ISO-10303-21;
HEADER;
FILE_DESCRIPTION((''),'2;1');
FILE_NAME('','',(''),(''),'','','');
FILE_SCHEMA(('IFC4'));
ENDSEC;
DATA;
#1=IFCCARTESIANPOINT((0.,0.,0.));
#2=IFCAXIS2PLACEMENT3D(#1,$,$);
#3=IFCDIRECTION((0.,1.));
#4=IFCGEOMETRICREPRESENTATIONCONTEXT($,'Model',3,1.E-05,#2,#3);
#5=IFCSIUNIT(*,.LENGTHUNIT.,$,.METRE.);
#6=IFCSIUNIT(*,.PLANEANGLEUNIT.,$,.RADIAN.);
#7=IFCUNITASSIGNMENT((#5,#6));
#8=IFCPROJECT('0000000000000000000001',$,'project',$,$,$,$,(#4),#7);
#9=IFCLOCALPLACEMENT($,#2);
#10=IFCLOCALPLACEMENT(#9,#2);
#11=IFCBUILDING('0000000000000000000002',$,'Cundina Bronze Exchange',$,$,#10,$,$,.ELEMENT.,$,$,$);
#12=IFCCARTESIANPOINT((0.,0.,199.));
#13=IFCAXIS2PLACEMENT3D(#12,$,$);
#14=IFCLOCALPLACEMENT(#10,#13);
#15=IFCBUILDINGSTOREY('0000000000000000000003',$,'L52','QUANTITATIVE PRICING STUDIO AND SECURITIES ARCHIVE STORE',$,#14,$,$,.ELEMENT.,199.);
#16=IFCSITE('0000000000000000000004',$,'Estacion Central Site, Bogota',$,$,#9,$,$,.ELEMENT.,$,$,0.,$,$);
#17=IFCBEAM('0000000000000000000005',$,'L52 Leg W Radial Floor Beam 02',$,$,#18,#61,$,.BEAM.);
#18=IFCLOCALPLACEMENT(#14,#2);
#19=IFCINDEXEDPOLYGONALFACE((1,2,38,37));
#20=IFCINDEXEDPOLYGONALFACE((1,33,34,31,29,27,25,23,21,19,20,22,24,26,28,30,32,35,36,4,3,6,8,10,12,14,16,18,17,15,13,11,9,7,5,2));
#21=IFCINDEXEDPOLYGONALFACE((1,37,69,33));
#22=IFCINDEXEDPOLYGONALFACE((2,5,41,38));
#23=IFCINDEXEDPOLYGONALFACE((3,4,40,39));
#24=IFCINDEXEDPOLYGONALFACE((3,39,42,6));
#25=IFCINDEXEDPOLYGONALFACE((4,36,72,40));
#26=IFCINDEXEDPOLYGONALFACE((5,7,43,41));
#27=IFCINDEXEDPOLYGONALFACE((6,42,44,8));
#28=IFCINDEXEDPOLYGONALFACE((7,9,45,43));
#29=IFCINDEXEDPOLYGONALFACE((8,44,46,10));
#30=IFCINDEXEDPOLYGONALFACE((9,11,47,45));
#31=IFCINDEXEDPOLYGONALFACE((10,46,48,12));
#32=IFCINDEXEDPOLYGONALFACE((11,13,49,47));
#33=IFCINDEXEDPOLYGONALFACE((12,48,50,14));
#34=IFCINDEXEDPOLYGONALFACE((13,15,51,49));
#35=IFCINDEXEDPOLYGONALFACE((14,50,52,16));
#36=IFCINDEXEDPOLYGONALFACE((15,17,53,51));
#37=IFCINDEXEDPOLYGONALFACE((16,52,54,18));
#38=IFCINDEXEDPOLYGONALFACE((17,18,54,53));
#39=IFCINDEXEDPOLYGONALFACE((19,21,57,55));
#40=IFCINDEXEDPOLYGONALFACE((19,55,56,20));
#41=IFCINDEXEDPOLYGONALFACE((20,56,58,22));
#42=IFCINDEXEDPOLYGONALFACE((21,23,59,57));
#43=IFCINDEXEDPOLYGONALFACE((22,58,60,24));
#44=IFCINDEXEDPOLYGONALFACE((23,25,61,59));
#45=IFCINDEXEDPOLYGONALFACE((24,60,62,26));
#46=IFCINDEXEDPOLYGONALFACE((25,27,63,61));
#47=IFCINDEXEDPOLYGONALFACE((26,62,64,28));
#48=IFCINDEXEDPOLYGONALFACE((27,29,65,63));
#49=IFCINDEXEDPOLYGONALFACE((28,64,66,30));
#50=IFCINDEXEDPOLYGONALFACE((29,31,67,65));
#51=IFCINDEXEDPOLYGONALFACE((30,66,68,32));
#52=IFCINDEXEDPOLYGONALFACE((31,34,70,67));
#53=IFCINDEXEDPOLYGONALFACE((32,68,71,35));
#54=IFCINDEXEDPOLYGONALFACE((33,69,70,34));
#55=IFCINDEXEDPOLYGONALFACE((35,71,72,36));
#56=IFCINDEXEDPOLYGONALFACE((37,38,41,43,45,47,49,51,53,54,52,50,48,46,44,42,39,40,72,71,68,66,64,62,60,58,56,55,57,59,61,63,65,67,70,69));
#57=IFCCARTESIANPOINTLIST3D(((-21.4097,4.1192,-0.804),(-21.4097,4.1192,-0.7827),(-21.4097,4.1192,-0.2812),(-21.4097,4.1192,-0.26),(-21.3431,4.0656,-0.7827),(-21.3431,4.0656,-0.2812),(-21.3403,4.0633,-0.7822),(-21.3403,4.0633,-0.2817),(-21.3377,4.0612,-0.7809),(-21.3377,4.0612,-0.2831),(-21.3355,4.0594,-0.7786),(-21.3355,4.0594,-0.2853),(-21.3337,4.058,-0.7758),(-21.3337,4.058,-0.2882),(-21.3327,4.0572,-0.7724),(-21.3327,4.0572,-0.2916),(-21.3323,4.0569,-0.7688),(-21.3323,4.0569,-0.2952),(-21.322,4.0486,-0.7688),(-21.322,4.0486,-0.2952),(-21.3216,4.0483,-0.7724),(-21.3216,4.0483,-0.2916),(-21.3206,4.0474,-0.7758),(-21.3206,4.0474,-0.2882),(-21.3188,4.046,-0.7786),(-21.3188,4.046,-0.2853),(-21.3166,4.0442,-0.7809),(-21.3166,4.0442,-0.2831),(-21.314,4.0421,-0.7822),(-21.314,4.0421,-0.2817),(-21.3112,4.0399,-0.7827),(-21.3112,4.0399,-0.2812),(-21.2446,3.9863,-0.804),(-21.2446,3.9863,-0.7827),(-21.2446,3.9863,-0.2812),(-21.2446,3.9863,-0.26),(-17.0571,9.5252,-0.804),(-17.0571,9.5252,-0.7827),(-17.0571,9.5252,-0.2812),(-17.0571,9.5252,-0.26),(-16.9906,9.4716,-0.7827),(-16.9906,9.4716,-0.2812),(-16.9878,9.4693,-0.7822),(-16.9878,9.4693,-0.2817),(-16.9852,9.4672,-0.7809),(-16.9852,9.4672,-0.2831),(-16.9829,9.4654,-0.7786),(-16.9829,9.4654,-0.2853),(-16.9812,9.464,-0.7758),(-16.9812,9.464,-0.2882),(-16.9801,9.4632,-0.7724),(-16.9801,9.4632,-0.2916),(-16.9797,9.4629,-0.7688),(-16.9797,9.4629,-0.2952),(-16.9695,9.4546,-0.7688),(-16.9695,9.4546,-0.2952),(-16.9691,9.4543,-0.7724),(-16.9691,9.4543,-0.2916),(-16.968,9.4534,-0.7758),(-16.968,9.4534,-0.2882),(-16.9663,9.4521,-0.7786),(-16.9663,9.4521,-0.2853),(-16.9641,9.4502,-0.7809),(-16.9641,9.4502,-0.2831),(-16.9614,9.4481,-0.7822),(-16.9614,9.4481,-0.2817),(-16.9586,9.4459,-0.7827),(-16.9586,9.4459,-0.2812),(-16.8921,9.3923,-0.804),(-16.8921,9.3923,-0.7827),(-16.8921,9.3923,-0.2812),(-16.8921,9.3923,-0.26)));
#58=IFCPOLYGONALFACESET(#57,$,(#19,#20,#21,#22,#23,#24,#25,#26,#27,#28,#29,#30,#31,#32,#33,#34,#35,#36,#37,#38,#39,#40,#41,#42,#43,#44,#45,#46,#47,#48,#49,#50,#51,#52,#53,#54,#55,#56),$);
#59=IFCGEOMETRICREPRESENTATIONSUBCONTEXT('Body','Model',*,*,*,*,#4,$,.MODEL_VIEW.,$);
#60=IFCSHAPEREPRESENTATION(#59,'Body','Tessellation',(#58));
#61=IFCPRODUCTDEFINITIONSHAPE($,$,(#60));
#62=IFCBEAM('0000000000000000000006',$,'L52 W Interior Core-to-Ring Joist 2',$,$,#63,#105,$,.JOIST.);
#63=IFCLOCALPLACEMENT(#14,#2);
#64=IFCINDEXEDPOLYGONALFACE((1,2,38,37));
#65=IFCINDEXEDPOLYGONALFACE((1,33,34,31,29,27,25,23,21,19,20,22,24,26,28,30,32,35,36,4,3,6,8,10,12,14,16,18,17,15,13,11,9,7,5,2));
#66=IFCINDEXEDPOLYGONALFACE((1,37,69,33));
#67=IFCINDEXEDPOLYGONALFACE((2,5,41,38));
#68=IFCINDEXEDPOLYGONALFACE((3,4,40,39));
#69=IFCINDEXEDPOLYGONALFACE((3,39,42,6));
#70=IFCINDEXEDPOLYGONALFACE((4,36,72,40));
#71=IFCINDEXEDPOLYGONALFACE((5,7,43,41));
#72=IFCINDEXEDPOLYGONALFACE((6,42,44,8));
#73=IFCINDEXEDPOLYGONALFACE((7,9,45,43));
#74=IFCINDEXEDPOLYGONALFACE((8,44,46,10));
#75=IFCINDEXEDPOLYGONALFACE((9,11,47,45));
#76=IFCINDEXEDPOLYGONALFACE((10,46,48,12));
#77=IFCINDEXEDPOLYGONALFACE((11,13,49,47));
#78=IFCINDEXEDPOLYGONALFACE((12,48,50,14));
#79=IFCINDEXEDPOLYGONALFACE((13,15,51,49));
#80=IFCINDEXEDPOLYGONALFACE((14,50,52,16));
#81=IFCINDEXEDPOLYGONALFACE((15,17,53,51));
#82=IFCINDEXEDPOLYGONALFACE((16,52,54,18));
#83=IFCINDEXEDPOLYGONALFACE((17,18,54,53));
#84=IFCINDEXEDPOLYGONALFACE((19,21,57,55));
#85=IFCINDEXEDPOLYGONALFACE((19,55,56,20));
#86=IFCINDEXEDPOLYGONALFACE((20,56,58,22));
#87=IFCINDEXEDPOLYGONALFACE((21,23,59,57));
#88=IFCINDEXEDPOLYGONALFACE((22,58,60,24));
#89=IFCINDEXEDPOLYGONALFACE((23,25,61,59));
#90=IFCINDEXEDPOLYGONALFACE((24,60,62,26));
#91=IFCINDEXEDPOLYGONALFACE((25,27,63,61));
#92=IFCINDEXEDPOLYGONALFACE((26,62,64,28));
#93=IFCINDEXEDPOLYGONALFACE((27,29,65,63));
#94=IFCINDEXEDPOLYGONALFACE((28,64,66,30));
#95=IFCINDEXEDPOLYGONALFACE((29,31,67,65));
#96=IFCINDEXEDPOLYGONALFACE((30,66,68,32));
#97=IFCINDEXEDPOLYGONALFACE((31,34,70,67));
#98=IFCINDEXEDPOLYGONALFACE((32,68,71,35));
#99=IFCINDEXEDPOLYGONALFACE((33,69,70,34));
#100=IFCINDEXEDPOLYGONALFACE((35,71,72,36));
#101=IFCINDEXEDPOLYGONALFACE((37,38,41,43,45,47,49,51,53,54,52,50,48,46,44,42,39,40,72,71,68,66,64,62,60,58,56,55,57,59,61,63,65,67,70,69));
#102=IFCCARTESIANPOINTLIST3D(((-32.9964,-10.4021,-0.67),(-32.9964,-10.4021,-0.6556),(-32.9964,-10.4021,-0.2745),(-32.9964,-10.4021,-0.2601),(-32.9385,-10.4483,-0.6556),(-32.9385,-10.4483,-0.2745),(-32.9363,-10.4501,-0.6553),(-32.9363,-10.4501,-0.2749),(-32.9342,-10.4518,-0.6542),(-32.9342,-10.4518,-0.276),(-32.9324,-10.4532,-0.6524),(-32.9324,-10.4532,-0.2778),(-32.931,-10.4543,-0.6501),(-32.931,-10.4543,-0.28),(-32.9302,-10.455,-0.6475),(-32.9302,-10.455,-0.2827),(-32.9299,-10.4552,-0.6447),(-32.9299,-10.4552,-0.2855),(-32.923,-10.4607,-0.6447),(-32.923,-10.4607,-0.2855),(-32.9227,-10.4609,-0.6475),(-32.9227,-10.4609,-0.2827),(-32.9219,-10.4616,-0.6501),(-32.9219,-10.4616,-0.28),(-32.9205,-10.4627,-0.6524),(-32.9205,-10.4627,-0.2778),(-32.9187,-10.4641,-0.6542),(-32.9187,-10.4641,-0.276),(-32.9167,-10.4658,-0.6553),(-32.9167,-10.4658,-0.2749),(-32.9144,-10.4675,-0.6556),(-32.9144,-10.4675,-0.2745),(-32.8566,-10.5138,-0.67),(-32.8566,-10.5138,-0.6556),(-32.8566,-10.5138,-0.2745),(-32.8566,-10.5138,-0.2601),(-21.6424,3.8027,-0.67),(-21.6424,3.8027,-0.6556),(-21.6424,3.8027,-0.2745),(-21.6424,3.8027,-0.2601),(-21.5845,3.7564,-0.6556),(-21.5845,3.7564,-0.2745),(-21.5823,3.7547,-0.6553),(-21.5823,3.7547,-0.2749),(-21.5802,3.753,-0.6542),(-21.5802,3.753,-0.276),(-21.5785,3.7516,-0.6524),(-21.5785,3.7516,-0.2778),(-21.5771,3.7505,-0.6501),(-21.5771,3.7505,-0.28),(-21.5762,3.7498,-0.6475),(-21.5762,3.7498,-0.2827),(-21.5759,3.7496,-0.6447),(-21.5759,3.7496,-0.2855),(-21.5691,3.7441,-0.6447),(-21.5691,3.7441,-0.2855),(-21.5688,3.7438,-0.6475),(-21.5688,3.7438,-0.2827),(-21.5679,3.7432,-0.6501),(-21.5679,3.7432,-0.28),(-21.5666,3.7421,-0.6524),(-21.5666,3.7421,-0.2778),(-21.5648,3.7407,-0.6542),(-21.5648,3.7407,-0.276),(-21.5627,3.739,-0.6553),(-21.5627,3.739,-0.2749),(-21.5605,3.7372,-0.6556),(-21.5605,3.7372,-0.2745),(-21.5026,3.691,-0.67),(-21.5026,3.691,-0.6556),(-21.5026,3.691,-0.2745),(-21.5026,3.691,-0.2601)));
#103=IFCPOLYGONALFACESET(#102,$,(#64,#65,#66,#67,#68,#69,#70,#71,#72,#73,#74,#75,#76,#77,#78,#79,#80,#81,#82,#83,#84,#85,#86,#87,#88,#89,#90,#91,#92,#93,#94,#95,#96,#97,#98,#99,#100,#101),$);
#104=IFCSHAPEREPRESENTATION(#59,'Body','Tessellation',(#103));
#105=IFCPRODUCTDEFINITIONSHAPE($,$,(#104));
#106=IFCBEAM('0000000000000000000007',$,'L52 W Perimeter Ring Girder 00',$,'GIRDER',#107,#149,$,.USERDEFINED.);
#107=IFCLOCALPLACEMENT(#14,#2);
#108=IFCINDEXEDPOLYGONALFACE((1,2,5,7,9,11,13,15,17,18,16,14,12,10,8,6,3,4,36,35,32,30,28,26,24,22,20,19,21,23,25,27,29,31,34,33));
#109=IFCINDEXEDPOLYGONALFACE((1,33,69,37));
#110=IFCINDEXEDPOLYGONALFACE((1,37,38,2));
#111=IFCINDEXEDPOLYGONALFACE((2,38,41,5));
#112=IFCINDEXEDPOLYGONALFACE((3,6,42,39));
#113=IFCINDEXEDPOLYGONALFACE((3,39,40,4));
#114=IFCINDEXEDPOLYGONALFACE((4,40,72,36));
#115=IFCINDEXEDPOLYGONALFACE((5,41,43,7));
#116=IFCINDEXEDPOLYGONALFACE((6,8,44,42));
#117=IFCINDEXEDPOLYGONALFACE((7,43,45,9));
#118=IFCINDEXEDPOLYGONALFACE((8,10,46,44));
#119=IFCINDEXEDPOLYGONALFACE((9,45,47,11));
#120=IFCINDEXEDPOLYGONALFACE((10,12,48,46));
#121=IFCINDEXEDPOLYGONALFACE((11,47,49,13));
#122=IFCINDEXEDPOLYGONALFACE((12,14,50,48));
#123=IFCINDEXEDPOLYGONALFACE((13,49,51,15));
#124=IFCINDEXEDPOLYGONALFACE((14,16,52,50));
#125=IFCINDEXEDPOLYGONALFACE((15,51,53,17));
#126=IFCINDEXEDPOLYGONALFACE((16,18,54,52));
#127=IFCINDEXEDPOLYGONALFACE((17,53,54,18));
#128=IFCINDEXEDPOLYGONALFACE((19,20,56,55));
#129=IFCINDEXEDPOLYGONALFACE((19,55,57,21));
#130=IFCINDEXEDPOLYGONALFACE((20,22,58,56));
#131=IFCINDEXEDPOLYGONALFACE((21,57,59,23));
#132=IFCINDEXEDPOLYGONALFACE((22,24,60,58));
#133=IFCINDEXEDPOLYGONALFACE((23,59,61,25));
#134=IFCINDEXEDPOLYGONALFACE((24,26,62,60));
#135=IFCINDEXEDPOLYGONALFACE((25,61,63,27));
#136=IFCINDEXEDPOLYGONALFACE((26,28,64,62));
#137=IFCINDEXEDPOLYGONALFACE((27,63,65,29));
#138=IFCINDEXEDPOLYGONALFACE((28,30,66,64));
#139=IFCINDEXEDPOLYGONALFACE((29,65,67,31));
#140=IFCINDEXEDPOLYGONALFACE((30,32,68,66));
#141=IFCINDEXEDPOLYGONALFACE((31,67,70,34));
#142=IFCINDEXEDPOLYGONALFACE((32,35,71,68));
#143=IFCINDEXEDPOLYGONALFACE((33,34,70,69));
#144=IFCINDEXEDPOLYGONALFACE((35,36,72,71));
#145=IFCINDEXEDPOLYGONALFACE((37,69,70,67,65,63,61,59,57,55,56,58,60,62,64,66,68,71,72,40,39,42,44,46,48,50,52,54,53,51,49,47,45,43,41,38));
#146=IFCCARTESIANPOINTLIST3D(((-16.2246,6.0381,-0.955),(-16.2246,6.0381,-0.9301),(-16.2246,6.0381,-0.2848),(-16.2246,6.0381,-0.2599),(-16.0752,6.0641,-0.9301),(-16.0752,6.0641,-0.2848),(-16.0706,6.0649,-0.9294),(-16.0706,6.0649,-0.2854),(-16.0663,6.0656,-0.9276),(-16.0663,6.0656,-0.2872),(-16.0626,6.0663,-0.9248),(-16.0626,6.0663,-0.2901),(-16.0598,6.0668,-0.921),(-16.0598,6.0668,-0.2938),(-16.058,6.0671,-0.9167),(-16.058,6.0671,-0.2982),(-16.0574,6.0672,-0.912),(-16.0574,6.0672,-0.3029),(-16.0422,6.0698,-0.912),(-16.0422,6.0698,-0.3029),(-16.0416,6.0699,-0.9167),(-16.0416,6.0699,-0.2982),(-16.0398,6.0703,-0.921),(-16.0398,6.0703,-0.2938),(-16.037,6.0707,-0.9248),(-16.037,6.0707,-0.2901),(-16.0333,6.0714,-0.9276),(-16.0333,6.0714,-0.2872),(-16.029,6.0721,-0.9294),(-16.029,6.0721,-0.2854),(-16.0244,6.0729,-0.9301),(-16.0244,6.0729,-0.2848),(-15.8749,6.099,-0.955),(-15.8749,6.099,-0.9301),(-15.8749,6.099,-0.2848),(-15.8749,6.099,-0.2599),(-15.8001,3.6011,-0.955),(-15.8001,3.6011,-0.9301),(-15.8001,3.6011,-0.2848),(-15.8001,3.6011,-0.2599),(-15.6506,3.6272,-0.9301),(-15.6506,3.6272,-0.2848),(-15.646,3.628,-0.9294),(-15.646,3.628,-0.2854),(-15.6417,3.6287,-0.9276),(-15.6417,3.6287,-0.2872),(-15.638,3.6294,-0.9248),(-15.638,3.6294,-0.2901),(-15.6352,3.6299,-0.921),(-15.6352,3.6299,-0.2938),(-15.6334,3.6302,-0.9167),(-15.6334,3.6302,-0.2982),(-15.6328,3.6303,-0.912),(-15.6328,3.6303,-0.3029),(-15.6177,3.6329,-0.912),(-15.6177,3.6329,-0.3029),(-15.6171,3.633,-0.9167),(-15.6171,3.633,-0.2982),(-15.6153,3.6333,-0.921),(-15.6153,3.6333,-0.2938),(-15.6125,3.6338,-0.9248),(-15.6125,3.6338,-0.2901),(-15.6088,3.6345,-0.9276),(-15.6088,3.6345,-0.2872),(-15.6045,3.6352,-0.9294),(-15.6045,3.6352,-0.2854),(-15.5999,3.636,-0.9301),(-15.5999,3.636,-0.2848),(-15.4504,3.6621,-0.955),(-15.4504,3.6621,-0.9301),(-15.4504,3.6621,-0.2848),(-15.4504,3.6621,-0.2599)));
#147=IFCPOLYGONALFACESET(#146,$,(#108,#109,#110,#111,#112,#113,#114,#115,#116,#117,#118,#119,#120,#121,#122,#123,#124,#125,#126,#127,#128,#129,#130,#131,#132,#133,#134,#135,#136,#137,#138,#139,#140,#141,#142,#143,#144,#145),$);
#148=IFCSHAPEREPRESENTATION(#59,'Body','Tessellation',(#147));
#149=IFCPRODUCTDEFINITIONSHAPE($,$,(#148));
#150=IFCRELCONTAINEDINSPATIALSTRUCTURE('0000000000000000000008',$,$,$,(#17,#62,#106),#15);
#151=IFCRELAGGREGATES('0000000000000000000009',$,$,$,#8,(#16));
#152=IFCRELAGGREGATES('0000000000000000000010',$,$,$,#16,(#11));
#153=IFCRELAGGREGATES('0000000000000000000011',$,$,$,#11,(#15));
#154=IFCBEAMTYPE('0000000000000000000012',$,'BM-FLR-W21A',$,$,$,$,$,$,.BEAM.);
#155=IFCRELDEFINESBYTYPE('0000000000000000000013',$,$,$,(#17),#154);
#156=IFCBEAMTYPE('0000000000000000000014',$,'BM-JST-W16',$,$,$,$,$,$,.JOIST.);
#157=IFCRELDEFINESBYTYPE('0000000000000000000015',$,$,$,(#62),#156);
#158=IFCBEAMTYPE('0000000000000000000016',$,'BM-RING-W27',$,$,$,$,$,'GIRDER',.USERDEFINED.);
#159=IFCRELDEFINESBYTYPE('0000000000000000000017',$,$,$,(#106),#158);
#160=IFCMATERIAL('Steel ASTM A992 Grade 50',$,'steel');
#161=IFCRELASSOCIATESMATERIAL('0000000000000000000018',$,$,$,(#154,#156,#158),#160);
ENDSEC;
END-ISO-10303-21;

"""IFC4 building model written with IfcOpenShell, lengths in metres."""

from ifc_helpers import new_model, si_unit, direction, frame, origin, origin_2d, place, context, subcontext, project, spatial, i_section, extrude, material, material_profile, profile_set, type_object, element, save


model = new_model("IFC4")

# Units and contexts
model_context = context("Model", 3, precision=1e-05, world=origin(), true_north=direction((0.0, 1.0)))
body_context = subcontext(model_context, "Body", "Model", "MODEL_VIEW")
ifc_project = project(units=[si_unit("LENGTHUNIT", "METRE"), si_unit("PLANEANGLEUNIT", "RADIAN")], contexts=[model_context])

# Site, building, storey
site_placement = place(None, origin())
site = spatial("IfcSite", under=ifc_project, at=site_placement, Name="Estacion Central Site, Bogota", CompositionType="ELEMENT", RefElevation=0.0)
building_placement = place(site_placement, origin())
building = spatial("IfcBuilding", under=site, at=building_placement, Name="Cundina Bronze Exchange", CompositionType="ELEMENT")
storey_placement = place(building_placement, frame((0.0, 0.0, 199.0)))
storey = spatial("IfcBuildingStorey", under=building, at=storey_placement, Name="L52", Description="QUANTITATIVE PRICING STUDIO AND SECURITIES ARCHIVE STORE", CompositionType="ELEMENT", Elevation=199.0)

# Shared definitions
ifc_material_1 = material(Name="Steel ASTM A992 Grade 50", Category="steel")

# Beams
ifc_material_profile_1 = material_profile(ifc_material_1, i_section(OverallWidth=0.2119, OverallDepth=0.5439, WebThickness=0.0132, FlangeThickness=0.0212, FilletRadius=0.0139, at=origin_2d()), Name="W21X83", Category="steel")
ifc_profile_set_1 = profile_set([ifc_material_profile_1], Name="Steel ASTM A992 Grade 50")
beam_type_1 = type_object("IfcBeamType", Name="BM-FLR-W21A", PredefinedType="BEAM", material=ifc_profile_set_1)
beam_1_placement = place(storey_placement, frame((-21.3271, 4.0527, -0.532), z_axis=(0.627129, 0.778916, 0.0), x_axis=(-0.778916, 0.627129, 0.0)))
element("IfcBeam", 1, at=beam_1_placement, inside=storey, type_object=beam_type_1, Name="L52 Leg W Radial Floor Beam 02", PredefinedType="BEAM", context=body_context, shape_type="SweptSolid", body=[
    extrude(i_section(OverallWidth=0.2119, OverallDepth=0.5439, WebThickness=0.0132, FlangeThickness=0.0212, FilletRadius=0.0139, at=origin_2d()), origin(), (0.0, 0.0, 1.0), 6.9404),
])
ifc_material_profile_2 = material_profile(ifc_material_1, i_section(OverallWidth=0.179, OverallDepth=0.4099, WebThickness=0.0088, FlangeThickness=0.0144, FilletRadius=0.011, at=origin_2d()), Name="W16X45", Category="steel")
ifc_profile_set_2 = profile_set([ifc_material_profile_2], Name="Steel ASTM A992 Grade 50")
beam_type_2 = type_object("IfcBeamType", Name="BM-JST-W16", PredefinedType="JOIST", material=ifc_profile_set_2)
beam_2_placement = place(storey_placement, frame((-21.5725, 3.7468, -0.4651), z_axis=(-0.624364, -0.781133, 0.0), x_axis=(0.781133, -0.624364, 0.0)))
element("IfcBeam", 2, at=beam_2_placement, inside=storey, type_object=beam_type_2, Name="L52 W Interior Core-to-Ring Joist 2", PredefinedType="JOIST", context=body_context, shape_type="SweptSolid", body=[
    extrude(i_section(OverallWidth=0.179, OverallDepth=0.4099, WebThickness=0.0088, FlangeThickness=0.0144, FilletRadius=0.011, at=origin_2d()), origin(), (0.0, 0.0, 1.0), 18.1848),
])
ifc_material_profile_3 = material_profile(ifc_material_1, i_section(OverallWidth=0.355, OverallDepth=0.6951, WebThickness=0.0154, FlangeThickness=0.0249, FilletRadius=0.0181, at=origin_2d()), Name="W27X146", Category="steel")
ifc_profile_set_3 = profile_set([ifc_material_profile_3], Name="Steel ASTM A992 Grade 50")
beam_type_3 = type_object("IfcBeamType", Name="BM-RING-W27", ElementType="GIRDER", PredefinedType="USERDEFINED", material=ifc_profile_set_3)
beam_3_placement = place(storey_placement, frame((-15.6252, 3.6316, -0.6074), z_axis=(-0.171629, 0.985162, 0.0), x_axis=(-0.985162, -0.171629, 0.0)))
element("IfcBeam", 3, at=beam_3_placement, inside=storey, type_object=beam_type_3, Name="L52 W Perimeter Ring Girder 00", ObjectType="GIRDER", PredefinedType="USERDEFINED", context=body_context, shape_type="SweptSolid", body=[
    extrude(i_section(OverallWidth=0.355, OverallDepth=0.6951, WebThickness=0.0154, FlangeThickness=0.0249, FilletRadius=0.0181, at=origin_2d()), origin(), (0.0, 0.0, 1.0), 2.4736),
])

save(model, "model.ifc")
